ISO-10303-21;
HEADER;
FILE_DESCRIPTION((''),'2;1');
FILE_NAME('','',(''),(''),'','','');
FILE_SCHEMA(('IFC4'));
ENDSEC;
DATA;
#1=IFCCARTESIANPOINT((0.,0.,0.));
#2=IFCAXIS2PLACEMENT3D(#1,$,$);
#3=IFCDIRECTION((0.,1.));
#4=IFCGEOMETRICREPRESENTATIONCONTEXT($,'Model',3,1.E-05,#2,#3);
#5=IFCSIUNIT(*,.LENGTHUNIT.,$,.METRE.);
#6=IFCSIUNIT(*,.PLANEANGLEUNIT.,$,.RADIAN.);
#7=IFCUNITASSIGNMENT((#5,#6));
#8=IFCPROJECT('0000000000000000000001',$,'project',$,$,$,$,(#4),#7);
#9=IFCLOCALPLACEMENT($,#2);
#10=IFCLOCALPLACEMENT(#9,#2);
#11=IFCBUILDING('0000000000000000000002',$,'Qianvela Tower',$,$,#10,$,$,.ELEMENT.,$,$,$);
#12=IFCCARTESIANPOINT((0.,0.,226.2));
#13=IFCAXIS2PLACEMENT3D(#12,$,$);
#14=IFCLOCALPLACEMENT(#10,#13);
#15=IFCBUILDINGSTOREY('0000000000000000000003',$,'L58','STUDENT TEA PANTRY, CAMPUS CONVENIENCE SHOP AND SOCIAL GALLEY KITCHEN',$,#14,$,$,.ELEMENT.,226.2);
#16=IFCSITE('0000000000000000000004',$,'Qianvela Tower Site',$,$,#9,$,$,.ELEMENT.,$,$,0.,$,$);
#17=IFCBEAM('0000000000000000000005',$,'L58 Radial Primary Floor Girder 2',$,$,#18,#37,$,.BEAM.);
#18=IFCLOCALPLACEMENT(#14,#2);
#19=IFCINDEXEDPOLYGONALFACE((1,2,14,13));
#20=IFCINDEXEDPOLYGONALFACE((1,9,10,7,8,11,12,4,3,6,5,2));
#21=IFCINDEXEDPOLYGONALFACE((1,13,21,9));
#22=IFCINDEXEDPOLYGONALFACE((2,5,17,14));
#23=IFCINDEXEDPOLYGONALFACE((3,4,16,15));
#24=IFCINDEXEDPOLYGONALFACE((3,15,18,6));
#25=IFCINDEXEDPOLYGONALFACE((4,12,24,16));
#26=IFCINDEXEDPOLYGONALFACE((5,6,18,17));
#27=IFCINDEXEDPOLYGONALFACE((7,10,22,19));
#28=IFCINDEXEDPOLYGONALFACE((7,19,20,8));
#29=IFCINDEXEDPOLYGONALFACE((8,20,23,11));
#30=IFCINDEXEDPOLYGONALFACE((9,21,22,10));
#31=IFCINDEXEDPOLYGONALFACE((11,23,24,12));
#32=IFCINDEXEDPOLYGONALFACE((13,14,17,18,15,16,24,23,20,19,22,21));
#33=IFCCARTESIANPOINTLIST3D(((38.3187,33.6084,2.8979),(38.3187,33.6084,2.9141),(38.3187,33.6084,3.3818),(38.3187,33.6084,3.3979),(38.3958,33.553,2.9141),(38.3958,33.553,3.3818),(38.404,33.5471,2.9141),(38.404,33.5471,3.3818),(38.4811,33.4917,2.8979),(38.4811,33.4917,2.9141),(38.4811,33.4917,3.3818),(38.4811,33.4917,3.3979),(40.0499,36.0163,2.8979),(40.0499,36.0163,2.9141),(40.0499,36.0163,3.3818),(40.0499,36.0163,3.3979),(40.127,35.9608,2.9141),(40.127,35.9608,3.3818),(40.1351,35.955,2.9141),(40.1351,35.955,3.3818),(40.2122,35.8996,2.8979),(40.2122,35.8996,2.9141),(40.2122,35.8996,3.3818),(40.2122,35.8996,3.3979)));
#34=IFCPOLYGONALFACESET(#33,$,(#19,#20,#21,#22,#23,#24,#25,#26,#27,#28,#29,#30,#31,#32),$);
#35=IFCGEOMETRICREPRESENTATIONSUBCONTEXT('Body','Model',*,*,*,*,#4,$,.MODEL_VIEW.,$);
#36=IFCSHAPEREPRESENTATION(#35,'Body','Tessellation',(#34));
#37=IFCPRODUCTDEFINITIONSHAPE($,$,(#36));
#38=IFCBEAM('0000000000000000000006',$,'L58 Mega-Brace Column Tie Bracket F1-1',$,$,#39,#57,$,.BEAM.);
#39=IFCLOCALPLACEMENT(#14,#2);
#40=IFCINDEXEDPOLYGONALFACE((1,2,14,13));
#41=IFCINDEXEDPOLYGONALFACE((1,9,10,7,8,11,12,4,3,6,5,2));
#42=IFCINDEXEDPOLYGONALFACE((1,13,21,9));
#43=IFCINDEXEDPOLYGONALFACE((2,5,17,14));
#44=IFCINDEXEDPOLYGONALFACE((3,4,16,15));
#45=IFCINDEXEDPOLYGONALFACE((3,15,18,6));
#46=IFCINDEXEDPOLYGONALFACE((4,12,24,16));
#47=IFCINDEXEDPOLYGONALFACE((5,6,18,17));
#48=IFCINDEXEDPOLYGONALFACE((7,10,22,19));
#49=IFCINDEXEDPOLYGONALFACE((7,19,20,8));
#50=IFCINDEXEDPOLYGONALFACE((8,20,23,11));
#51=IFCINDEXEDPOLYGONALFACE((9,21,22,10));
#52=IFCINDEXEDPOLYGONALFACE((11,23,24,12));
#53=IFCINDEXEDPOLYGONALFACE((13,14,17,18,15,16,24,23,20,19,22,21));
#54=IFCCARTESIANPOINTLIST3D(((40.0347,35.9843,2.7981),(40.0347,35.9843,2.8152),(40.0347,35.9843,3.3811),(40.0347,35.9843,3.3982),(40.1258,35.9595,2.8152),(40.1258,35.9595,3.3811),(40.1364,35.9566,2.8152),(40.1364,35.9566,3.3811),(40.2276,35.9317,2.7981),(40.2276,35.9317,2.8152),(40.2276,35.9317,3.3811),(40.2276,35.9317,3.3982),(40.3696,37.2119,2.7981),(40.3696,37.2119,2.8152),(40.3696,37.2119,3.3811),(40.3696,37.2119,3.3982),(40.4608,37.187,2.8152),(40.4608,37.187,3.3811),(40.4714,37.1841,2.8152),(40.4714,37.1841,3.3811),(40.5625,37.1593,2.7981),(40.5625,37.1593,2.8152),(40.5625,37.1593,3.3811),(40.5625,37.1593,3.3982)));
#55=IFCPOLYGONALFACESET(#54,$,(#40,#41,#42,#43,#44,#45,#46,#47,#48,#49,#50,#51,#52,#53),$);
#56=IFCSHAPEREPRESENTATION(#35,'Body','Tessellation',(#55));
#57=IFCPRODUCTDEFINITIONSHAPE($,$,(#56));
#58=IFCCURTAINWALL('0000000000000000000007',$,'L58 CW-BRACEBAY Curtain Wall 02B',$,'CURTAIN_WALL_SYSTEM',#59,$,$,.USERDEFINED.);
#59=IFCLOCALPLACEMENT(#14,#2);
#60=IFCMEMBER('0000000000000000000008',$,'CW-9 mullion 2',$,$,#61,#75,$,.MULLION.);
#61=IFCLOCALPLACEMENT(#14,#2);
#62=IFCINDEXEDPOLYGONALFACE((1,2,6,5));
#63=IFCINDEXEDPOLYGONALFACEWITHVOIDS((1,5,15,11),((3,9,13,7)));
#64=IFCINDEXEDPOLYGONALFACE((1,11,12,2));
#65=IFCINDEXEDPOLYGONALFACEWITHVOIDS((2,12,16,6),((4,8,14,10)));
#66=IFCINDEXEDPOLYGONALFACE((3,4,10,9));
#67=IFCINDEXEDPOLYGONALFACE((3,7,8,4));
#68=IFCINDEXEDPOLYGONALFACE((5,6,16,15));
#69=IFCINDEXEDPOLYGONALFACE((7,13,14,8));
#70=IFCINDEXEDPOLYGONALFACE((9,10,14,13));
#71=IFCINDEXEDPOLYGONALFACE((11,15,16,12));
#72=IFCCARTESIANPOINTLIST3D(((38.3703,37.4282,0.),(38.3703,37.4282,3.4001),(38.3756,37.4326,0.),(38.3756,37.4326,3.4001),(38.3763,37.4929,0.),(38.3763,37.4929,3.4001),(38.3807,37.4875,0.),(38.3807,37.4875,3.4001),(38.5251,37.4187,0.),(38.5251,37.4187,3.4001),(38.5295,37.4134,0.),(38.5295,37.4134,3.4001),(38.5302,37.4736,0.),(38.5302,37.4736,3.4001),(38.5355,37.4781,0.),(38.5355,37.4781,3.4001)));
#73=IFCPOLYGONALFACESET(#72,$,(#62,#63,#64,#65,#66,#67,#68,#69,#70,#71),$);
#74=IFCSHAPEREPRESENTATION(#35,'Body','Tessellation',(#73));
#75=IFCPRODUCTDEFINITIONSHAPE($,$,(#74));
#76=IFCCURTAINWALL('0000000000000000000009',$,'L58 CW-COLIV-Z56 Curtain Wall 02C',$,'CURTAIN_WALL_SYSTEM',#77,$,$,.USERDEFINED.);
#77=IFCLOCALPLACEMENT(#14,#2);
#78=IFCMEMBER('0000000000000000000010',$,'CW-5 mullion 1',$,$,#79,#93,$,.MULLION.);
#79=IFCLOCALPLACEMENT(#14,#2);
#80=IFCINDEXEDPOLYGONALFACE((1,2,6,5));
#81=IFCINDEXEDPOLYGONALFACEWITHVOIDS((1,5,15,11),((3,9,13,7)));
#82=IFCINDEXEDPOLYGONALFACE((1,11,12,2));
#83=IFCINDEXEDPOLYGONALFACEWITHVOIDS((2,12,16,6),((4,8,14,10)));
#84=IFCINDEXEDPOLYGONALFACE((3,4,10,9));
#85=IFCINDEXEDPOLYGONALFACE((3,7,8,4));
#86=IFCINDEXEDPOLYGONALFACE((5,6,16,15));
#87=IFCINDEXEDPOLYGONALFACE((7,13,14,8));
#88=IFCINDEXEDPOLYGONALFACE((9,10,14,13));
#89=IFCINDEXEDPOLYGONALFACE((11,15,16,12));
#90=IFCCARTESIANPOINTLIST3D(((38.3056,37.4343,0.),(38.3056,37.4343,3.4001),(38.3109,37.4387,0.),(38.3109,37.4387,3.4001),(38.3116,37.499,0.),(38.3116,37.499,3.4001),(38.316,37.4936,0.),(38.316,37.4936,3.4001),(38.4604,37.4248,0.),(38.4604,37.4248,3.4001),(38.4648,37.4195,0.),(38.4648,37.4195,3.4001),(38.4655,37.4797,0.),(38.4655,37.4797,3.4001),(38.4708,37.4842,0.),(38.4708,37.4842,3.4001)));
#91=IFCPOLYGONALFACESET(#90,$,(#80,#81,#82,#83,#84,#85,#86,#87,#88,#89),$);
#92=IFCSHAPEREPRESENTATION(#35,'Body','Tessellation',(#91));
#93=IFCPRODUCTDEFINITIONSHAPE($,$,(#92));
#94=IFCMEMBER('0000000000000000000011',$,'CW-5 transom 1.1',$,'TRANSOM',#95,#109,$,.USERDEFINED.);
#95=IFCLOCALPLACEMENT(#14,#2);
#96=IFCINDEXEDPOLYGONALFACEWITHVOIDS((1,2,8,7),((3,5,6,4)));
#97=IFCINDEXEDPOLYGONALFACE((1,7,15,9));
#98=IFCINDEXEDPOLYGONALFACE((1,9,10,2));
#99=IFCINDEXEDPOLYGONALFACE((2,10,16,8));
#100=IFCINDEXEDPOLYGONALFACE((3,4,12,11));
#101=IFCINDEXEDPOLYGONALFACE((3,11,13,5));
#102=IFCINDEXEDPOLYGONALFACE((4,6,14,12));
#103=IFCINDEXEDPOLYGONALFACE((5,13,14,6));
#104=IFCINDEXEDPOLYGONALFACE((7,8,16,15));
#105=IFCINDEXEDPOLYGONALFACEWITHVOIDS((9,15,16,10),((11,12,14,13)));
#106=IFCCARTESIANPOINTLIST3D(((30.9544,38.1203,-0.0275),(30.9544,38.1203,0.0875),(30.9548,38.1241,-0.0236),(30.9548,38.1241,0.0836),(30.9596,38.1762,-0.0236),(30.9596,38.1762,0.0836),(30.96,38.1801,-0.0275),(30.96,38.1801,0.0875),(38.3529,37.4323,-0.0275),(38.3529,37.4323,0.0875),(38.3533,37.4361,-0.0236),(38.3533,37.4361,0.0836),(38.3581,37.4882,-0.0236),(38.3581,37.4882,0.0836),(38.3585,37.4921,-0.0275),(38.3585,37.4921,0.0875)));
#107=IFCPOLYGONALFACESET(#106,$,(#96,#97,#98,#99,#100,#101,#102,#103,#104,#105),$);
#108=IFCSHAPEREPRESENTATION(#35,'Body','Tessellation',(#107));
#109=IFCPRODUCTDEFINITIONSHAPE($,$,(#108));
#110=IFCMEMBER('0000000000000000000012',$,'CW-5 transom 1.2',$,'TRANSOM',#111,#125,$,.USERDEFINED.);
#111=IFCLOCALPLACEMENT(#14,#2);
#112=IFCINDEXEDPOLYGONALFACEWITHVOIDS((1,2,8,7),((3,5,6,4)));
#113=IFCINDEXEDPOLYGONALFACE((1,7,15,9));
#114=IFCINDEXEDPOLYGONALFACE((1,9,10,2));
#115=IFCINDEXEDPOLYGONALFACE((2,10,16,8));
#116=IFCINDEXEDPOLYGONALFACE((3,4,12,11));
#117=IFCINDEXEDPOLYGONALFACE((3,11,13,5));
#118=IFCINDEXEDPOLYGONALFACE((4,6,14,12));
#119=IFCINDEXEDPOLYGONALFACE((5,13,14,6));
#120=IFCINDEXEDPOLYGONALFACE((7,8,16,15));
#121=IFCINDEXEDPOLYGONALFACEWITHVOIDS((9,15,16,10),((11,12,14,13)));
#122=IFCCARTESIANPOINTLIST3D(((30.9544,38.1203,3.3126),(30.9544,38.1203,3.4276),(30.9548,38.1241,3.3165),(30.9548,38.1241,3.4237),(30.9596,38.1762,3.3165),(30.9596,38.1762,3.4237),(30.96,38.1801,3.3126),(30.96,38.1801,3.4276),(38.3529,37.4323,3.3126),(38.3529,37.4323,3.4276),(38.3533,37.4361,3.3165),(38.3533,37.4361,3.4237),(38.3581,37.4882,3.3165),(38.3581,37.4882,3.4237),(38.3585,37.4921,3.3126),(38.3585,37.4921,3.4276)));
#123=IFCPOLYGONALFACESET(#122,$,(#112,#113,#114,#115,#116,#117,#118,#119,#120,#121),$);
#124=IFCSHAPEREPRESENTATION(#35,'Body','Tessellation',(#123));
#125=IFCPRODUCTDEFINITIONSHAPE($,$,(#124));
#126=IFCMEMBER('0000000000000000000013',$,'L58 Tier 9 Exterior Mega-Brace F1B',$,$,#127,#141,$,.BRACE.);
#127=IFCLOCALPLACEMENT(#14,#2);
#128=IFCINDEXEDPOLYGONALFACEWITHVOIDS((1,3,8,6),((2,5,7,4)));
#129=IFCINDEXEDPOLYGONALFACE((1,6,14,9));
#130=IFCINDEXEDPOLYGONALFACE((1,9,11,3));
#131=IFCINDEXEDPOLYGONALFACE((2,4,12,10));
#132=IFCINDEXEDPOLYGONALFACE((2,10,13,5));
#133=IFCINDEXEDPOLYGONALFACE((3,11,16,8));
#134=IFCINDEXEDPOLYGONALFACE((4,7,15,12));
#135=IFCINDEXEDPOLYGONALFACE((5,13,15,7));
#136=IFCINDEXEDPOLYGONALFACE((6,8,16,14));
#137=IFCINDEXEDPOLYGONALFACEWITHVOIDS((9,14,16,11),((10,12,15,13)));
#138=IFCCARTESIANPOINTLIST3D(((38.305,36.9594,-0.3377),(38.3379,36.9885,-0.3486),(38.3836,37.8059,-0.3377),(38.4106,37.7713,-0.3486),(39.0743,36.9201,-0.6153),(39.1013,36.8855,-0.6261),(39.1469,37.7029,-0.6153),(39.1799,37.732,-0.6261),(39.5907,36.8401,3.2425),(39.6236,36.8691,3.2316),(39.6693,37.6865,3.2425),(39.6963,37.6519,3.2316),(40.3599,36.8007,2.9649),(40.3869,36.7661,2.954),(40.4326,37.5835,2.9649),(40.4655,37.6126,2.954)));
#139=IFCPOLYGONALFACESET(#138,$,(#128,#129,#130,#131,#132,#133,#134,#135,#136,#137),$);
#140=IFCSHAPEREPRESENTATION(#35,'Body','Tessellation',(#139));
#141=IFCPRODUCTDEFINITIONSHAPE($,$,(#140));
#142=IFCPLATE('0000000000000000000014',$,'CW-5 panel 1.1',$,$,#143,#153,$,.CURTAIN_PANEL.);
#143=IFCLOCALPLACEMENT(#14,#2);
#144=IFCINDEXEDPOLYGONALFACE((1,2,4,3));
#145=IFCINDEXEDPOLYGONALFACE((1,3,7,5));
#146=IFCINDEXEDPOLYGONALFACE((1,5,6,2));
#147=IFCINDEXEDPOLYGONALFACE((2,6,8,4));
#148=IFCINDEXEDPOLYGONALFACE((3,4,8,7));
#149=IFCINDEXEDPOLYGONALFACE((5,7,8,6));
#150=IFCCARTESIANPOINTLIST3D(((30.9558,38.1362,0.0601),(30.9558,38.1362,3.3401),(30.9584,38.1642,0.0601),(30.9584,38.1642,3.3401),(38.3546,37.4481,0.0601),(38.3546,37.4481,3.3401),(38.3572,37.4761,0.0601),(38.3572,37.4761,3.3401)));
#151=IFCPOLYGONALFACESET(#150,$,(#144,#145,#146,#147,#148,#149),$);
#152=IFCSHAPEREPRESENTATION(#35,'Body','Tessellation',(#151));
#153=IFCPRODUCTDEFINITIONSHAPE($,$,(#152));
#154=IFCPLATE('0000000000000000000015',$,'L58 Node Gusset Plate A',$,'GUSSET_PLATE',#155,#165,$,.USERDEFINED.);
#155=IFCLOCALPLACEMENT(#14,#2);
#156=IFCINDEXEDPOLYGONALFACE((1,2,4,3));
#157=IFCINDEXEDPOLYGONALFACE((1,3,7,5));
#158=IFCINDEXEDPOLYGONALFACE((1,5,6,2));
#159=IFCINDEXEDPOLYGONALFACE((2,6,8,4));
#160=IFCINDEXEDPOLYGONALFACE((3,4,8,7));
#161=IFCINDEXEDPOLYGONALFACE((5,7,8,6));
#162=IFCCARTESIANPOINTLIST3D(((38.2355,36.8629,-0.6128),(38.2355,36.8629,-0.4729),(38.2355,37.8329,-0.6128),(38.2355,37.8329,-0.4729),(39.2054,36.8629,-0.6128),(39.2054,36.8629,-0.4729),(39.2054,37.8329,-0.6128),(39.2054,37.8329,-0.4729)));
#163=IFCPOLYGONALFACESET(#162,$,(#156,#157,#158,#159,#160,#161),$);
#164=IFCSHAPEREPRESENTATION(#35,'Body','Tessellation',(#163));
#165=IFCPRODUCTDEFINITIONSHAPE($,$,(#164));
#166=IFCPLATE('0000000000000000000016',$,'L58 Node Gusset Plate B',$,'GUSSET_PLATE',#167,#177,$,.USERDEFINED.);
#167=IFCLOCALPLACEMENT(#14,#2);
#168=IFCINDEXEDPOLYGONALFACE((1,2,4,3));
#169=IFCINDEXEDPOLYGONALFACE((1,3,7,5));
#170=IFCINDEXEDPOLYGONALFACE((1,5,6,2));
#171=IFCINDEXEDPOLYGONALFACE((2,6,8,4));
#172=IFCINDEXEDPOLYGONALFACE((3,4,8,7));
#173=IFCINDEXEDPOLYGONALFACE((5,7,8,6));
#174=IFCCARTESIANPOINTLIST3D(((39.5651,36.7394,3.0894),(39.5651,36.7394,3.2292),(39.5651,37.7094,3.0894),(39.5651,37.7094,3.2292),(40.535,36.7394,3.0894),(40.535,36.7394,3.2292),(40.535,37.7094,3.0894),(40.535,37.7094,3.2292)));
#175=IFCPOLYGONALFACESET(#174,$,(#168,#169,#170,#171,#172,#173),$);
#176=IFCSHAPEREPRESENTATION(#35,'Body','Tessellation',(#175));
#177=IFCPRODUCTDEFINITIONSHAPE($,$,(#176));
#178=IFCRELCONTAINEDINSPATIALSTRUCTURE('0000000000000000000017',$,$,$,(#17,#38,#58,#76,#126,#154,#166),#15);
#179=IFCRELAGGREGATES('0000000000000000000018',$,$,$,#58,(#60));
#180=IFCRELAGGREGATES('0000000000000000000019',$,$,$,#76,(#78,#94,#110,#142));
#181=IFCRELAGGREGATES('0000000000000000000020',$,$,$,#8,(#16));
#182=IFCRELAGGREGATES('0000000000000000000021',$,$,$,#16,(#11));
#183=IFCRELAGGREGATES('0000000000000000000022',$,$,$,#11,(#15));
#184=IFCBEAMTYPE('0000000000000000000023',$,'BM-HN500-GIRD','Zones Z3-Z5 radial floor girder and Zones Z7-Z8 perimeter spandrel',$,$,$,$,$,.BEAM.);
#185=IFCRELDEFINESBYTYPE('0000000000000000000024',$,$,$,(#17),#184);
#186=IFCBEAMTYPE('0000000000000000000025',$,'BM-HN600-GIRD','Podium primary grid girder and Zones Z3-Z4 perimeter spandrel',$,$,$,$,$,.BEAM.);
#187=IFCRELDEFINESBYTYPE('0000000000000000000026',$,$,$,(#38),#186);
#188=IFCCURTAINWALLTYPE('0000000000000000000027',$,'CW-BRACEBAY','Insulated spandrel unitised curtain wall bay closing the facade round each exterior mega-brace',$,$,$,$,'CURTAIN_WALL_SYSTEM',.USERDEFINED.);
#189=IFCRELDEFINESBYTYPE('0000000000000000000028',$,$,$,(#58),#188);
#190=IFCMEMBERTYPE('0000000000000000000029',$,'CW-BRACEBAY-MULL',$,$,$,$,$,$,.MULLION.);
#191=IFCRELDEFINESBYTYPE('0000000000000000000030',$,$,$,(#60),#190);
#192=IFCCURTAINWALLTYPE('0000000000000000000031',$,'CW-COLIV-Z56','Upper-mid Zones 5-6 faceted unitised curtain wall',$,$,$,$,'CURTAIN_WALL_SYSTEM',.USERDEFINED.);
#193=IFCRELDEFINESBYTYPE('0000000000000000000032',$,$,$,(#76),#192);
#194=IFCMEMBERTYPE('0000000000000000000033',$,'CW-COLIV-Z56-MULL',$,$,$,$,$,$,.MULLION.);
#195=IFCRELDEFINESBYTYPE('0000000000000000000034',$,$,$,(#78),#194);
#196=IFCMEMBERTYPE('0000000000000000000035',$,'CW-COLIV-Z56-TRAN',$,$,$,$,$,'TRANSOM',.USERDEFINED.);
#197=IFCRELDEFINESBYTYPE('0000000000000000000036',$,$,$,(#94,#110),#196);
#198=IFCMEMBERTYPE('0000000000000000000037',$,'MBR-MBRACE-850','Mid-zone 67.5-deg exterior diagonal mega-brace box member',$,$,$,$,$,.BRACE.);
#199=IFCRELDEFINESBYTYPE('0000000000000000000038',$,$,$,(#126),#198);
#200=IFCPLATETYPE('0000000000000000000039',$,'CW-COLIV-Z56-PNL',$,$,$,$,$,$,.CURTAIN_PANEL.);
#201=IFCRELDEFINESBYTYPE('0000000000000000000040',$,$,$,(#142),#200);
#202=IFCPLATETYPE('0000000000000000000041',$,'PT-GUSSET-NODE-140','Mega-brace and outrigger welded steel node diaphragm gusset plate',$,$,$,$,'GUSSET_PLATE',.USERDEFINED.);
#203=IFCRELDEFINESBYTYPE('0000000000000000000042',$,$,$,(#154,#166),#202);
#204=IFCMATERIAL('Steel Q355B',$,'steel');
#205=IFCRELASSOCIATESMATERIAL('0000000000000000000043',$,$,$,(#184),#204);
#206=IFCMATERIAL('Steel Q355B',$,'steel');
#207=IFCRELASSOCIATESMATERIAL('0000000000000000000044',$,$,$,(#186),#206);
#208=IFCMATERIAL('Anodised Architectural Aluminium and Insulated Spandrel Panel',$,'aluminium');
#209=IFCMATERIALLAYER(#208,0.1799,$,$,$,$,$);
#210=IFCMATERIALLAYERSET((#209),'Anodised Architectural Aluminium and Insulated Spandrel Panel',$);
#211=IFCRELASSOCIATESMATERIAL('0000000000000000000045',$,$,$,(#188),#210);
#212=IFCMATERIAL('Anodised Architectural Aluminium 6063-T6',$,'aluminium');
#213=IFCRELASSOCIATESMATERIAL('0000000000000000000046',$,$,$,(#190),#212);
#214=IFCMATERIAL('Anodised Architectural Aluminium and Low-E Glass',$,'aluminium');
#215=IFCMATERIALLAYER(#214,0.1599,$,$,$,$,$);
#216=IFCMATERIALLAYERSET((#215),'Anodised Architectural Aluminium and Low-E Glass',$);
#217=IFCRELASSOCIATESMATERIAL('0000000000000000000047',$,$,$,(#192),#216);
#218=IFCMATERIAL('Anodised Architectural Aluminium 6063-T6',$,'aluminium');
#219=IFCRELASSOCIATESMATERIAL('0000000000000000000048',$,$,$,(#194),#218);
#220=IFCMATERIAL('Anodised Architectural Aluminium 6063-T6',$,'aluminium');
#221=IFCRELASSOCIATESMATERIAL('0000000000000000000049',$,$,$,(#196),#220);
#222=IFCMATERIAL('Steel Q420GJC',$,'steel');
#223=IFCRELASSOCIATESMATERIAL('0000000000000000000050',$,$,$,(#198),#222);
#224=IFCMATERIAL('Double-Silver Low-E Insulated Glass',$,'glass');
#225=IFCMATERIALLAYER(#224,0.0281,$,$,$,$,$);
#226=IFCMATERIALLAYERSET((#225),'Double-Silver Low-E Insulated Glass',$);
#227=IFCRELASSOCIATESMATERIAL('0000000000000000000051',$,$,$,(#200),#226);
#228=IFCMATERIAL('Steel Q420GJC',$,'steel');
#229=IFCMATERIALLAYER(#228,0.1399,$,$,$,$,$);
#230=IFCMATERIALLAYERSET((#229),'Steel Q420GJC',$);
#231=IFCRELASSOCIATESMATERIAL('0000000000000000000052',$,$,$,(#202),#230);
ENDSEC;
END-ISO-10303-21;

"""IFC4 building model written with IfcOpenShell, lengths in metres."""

from ifc_helpers import new_model, si_unit, direction, frame, origin, origin_2d, place, context, subcontext, project, spatial, rectangle, hollow_rectangle, i_section, extrude, material, layer, layer_set, material_profile, profile_set, type_object, element, aggregate, save


model = new_model("IFC4")

# Units and contexts
model_context = context("Model", 3, precision=1e-05, world=origin(), true_north=direction((0.0, 1.0)))
body_context = subcontext(model_context, "Body", "Model", "MODEL_VIEW")
ifc_project = project(units=[si_unit("LENGTHUNIT", "METRE"), si_unit("PLANEANGLEUNIT", "RADIAN")], contexts=[model_context])

# Site, building, storey
site_placement = place(None, origin())
site = spatial("IfcSite", under=ifc_project, at=site_placement, Name="Qianvela Tower Site", CompositionType="ELEMENT", RefElevation=0.0)
building_placement = place(site_placement, origin())
building = spatial("IfcBuilding", under=site, at=building_placement, Name="Qianvela Tower", CompositionType="ELEMENT")
storey_placement = place(building_placement, frame((0.0, 0.0, 226.2)))
storey = spatial("IfcBuildingStorey", under=building, at=storey_placement, Name="L58", Description="STUDENT TEA PANTRY, CAMPUS CONVENIENCE SHOP AND SOCIAL GALLEY KITCHEN", CompositionType="ELEMENT", Elevation=226.2)

# Beams
ifc_material_1 = material(Name="Steel Q355B", Category="steel")
ifc_material_profile_1 = material_profile(ifc_material_1, i_section(OverallWidth=0.2, OverallDepth=0.5, WebThickness=0.01, FlangeThickness=0.0161, at=origin_2d()), Name="HN500x200x10x16")
ifc_profile_set_1 = profile_set([ifc_material_profile_1], Name="Steel Q355B")
beam_type_1 = type_object("IfcBeamType", Name="BM-HN500-GIRD", Description="Zones Z3-Z5 radial floor girder and Zones Z7-Z8 perimeter spandrel", PredefinedType="BEAM", material=ifc_profile_set_1)
beam_1_placement = place(storey_placement, frame((38.3999, 33.55, 3.1479), z_axis=(0.583743, 0.811939, 0.0), x_axis=(-0.811939, 0.583743, 0.0)))
element("IfcBeam", 1, at=beam_1_placement, inside=storey, type_object=beam_type_1, Name="L58 Radial Primary Floor Girder 2", PredefinedType="BEAM", context=body_context, shape_type="SweptSolid", body=[
    extrude(i_section(OverallWidth=0.2, OverallDepth=0.5, WebThickness=0.01, FlangeThickness=0.0161, at=origin_2d()), origin(), (0.0, 0.0, 1.0), 2.9656),
])
ifc_material_2 = material(Name="Steel Q355B", Category="steel")
ifc_material_profile_2 = material_profile(ifc_material_2, i_section(OverallWidth=0.2, OverallDepth=0.6001, WebThickness=0.011, FlangeThickness=0.0171, at=origin_2d()), Name="HN600x200x11x17")
ifc_profile_set_2 = profile_set([ifc_material_profile_2], Name="Steel Q355B")
beam_type_2 = type_object("IfcBeamType", Name="BM-HN600-GIRD", Description="Podium primary grid girder and Zones Z3-Z4 perimeter spandrel", PredefinedType="BEAM", material=ifc_profile_set_2)
beam_2_placement = place(storey_placement, frame((40.1311, 35.958, 3.0981), z_axis=(0.263247, 0.964728, 0.0), x_axis=(-0.964728, 0.263247, 0.0)))
element("IfcBeam", 2, at=beam_2_placement, inside=storey, type_object=beam_type_2, Name="L58 Mega-Brace Column Tie Bracket F1-1", PredefinedType="BEAM", context=body_context, shape_type="SweptSolid", body=[
    extrude(i_section(OverallWidth=0.2, OverallDepth=0.6001, WebThickness=0.011, FlangeThickness=0.0171, at=origin_2d()), origin(), (0.0, 0.0, 1.0), 1.2725),
])

# Curtain wall, member
ifc_material_3 = material(Name="Anodised Architectural Aluminium and Insulated Spandrel Panel", Category="aluminium")
ifc_layer_1 = layer(ifc_material_3, 0.1799)
ifc_layer_set_1 = layer_set([ifc_layer_1], Name="Anodised Architectural Aluminium and Insulated Spandrel Panel")
curtain_wall_type_1 = type_object("IfcCurtainWallType", Name="CW-BRACEBAY", Description="Insulated spandrel unitised curtain wall bay closing the facade round each exterior mega-brace", ElementType="CURTAIN_WALL_SYSTEM", PredefinedType="USERDEFINED", material=ifc_layer_set_1)
curtain_wall_1_placement = place(storey_placement, origin())
curtain_wall_1 = element("IfcCurtainWall", 3, at=curtain_wall_1_placement, inside=storey, type_object=curtain_wall_type_1, Name="L58 CW-BRACEBAY Curtain Wall 02B", ObjectType="CURTAIN_WALL_SYSTEM", PredefinedType="USERDEFINED")
ifc_material_4 = material(Name="Anodised Architectural Aluminium 6063-T6", Category="aluminium")
ifc_material_profile_3 = material_profile(ifc_material_4, hollow_rectangle(XDim=0.0649, YDim=0.1599, WallThickness=0.0049, at=origin_2d()), Name="ALU-MULL-65x160")
ifc_profile_set_3 = profile_set([ifc_material_profile_3], Name="Anodised Architectural Aluminium 6063-T6")
member_type_1 = type_object("IfcMemberType", Name="CW-BRACEBAY-MULL", PredefinedType="MULLION", material=ifc_profile_set_3)
member_1_placement = place(storey_placement, frame((38.4529, 37.4531, 0.0), z_axis=(0.0, 0.0, 1.0), x_axis=(-0.092581, -0.995705, 0.0)))
member_1 = element("IfcMember", 4, at=member_1_placement, type_object=member_type_1, Name="CW-9 mullion 2", PredefinedType="MULLION", context=body_context, shape_type="SweptSolid", body=[
    extrude(hollow_rectangle(XDim=0.0649, YDim=0.1599, WallThickness=0.0049, at=origin_2d()), origin(), (0.0, 0.0, 1.0), 3.4001),
])
aggregate(curtain_wall_1, [member_1])

# Curtain wall, members
ifc_material_5 = material(Name="Anodised Architectural Aluminium and Low-E Glass", Category="aluminium")
ifc_layer_2 = layer(ifc_material_5, 0.1599)
ifc_layer_set_2 = layer_set([ifc_layer_2], Name="Anodised Architectural Aluminium and Low-E Glass")
curtain_wall_type_2 = type_object("IfcCurtainWallType", Name="CW-COLIV-Z56", Description="Upper-mid Zones 5-6 faceted unitised curtain wall", ElementType="CURTAIN_WALL_SYSTEM", PredefinedType="USERDEFINED", material=ifc_layer_set_2)
curtain_wall_2_placement = place(storey_placement, origin())
curtain_wall_2 = element("IfcCurtainWall", 5, at=curtain_wall_2_placement, inside=storey, type_object=curtain_wall_type_2, Name="L58 CW-COLIV-Z56 Curtain Wall 02C", ObjectType="CURTAIN_WALL_SYSTEM", PredefinedType="USERDEFINED")
ifc_material_6 = material(Name="Anodised Architectural Aluminium 6063-T6", Category="aluminium")
ifc_material_profile_4 = material_profile(ifc_material_6, hollow_rectangle(XDim=0.0649, YDim=0.1599, WallThickness=0.0049, at=origin_2d()), Name="ALU-MULL-65x160")
ifc_profile_set_4 = profile_set([ifc_material_profile_4], Name="Anodised Architectural Aluminium 6063-T6")
member_type_2 = type_object("IfcMemberType", Name="CW-COLIV-Z56-MULL", PredefinedType="MULLION", material=ifc_profile_set_4)
member_2_placement = place(storey_placement, frame((38.3882, 37.4592, 0.0), z_axis=(0.0, 0.0, 1.0), x_axis=(-0.0926, -0.995703, 0.0)))
member_2 = element("IfcMember", 6, at=member_2_placement, type_object=member_type_2, Name="CW-5 mullion 1", PredefinedType="MULLION", context=body_context, shape_type="SweptSolid", body=[
    extrude(hollow_rectangle(XDim=0.0649, YDim=0.1599, WallThickness=0.0049, at=origin_2d()), origin(), (0.0, 0.0, 1.0), 3.4001),
])
ifc_material_7 = material(Name="Anodised Architectural Aluminium 6063-T6", Category="aluminium")
ifc_material_profile_5 = material_profile(ifc_material_7, hollow_rectangle(XDim=0.0601, YDim=0.115, WallThickness=0.0039, at=origin_2d()), Name="ALU-TRAN-60x115")
ifc_profile_set_5 = profile_set([ifc_material_profile_5], Name="Anodised Architectural Aluminium 6063-T6")
member_type_3 = type_object("IfcMemberType", Name="CW-COLIV-Z56-TRAN", ElementType="TRANSOM", PredefinedType="USERDEFINED", material=ifc_profile_set_5)
member_3_placement = place(storey_placement, frame((38.3557, 37.4622, 0.03), z_axis=(-0.995704, 0.092592, 0.0), x_axis=(-0.092592, -0.995704, 0.0)))
member_3 = element("IfcMember", 7, at=member_3_placement, type_object=member_type_3, Name="CW-5 transom 1.1", ObjectType="TRANSOM", PredefinedType="USERDEFINED", context=body_context, shape_type="SweptSolid", body=[
    extrude(hollow_rectangle(XDim=0.0601, YDim=0.115, WallThickness=0.0039, at=origin_2d()), origin(), (0.0, 0.0, 1.0), 7.4304),
])
member_4_placement = place(storey_placement, frame((38.3557, 37.4622, 3.3701), z_axis=(-0.995704, 0.092592, 0.0), x_axis=(-0.092592, -0.995704, 0.0)))
member_4 = element("IfcMember", 8, at=member_4_placement, type_object=member_type_3, Name="CW-5 transom 1.2", ObjectType="TRANSOM", PredefinedType="USERDEFINED", context=body_context, shape_type="SweptSolid", body=[
    extrude(hollow_rectangle(XDim=0.0601, YDim=0.115, WallThickness=0.0039, at=origin_2d()), origin(), (0.0, 0.0, 1.0), 7.4304),
])

# Member
ifc_material_8 = material(Name="Steel Q420GJC", Category="steel")
ifc_material_profile_6 = material_profile(ifc_material_8, hollow_rectangle(XDim=0.8501, YDim=0.8501, WallThickness=0.032, at=origin_2d()), Name="MBOX-850x850x32")
ifc_profile_set_6 = profile_set([ifc_material_profile_6], Name="Steel Q420GJC")
member_type_4 = type_object("IfcMemberType", Name="MBR-MBRACE-850", Description="Mid-zone 67.5-deg exterior diagonal mega-brace box member", PredefinedType="BRACE", material=ifc_profile_set_6)
member_5_placement = place(storey_placement, frame((38.7424, 37.3457, -0.4819), z_axis=(0.337812, -0.031369, 0.940691), x_axis=(0.092462, 0.995716, 0.0)))
element("IfcMember", 9, at=member_5_placement, inside=storey, type_object=member_type_4, Name="L58 Tier 9 Exterior Mega-Brace F1B", PredefinedType="BRACE", context=body_context, shape_type="SweptSolid", body=[
    extrude(hollow_rectangle(XDim=0.8501, YDim=0.8501, WallThickness=0.032, at=origin_2d()), origin(), (0.0, 0.0, 1.0), 3.8059),
])

# Plate
ifc_material_9 = material(Name="Double-Silver Low-E Insulated Glass", Category="glass")
ifc_layer_3 = layer(ifc_material_9, 0.0281)
ifc_layer_set_3 = layer_set([ifc_layer_3], Name="Double-Silver Low-E Insulated Glass")
plate_type_1 = type_object("IfcPlateType", Name="CW-COLIV-Z56-PNL", PredefinedType="CURTAIN_PANEL", material=ifc_layer_set_3)
plate_placement = place(storey_placement, frame((34.6565, 37.8062, 0.0601), z_axis=(0.0, 0.0, 1.0), x_axis=(-0.995703, 0.0926, 0.0)))
plate = element("IfcPlate", 10, at=plate_placement, type_object=plate_type_1, Name="CW-5 panel 1.1", PredefinedType="CURTAIN_PANEL", context=body_context, shape_type="SweptSolid", body=[
    extrude(rectangle(XDim=7.4307, YDim=0.0281, at=origin_2d()), origin(), (0.0, 0.0, 1.0), 3.28),
])
aggregate(curtain_wall_2, [member_2, member_3, member_4, plate])

# Plates
ifc_material_10 = material(Name="Steel Q420GJC", Category="steel")
ifc_layer_4 = layer(ifc_material_10, 0.1399)
ifc_layer_set_4 = layer_set([ifc_layer_4], Name="Steel Q420GJC")
plate_type_2 = type_object("IfcPlateType", Name="PT-GUSSET-NODE-140", Description="Mega-brace and outrigger welded steel node diaphragm gusset plate", ElementType="GUSSET_PLATE", PredefinedType="USERDEFINED", material=ifc_layer_set_4)
for number, where, z_axis, x_axis, name in (
    (11, (38.7205, 37.3479, -0.6128), (0.0, 0.0, 1.0), (1.0, 0.0, 0.0), "L58 Node Gusset Plate A"),
    (12, (40.05, 37.2244, 3.0894), (0.0, 0.0, 1.0), (1.0, 0.0, 0.0), "L58 Node Gusset Plate B"),
):
    element("IfcPlate", number, at=place(storey_placement, frame(where, z_axis=z_axis, x_axis=x_axis)), inside=storey, type_object=plate_type_2, Name=name, ObjectType="GUSSET_PLATE", PredefinedType="USERDEFINED", context=body_context, shape_type="SweptSolid", body=[
        extrude(rectangle(XDim=0.97, YDim=0.97, at=origin_2d()), origin(), (0.0, 0.0, 1.0), 0.1399),
    ])

save(model, "model.ifc")
